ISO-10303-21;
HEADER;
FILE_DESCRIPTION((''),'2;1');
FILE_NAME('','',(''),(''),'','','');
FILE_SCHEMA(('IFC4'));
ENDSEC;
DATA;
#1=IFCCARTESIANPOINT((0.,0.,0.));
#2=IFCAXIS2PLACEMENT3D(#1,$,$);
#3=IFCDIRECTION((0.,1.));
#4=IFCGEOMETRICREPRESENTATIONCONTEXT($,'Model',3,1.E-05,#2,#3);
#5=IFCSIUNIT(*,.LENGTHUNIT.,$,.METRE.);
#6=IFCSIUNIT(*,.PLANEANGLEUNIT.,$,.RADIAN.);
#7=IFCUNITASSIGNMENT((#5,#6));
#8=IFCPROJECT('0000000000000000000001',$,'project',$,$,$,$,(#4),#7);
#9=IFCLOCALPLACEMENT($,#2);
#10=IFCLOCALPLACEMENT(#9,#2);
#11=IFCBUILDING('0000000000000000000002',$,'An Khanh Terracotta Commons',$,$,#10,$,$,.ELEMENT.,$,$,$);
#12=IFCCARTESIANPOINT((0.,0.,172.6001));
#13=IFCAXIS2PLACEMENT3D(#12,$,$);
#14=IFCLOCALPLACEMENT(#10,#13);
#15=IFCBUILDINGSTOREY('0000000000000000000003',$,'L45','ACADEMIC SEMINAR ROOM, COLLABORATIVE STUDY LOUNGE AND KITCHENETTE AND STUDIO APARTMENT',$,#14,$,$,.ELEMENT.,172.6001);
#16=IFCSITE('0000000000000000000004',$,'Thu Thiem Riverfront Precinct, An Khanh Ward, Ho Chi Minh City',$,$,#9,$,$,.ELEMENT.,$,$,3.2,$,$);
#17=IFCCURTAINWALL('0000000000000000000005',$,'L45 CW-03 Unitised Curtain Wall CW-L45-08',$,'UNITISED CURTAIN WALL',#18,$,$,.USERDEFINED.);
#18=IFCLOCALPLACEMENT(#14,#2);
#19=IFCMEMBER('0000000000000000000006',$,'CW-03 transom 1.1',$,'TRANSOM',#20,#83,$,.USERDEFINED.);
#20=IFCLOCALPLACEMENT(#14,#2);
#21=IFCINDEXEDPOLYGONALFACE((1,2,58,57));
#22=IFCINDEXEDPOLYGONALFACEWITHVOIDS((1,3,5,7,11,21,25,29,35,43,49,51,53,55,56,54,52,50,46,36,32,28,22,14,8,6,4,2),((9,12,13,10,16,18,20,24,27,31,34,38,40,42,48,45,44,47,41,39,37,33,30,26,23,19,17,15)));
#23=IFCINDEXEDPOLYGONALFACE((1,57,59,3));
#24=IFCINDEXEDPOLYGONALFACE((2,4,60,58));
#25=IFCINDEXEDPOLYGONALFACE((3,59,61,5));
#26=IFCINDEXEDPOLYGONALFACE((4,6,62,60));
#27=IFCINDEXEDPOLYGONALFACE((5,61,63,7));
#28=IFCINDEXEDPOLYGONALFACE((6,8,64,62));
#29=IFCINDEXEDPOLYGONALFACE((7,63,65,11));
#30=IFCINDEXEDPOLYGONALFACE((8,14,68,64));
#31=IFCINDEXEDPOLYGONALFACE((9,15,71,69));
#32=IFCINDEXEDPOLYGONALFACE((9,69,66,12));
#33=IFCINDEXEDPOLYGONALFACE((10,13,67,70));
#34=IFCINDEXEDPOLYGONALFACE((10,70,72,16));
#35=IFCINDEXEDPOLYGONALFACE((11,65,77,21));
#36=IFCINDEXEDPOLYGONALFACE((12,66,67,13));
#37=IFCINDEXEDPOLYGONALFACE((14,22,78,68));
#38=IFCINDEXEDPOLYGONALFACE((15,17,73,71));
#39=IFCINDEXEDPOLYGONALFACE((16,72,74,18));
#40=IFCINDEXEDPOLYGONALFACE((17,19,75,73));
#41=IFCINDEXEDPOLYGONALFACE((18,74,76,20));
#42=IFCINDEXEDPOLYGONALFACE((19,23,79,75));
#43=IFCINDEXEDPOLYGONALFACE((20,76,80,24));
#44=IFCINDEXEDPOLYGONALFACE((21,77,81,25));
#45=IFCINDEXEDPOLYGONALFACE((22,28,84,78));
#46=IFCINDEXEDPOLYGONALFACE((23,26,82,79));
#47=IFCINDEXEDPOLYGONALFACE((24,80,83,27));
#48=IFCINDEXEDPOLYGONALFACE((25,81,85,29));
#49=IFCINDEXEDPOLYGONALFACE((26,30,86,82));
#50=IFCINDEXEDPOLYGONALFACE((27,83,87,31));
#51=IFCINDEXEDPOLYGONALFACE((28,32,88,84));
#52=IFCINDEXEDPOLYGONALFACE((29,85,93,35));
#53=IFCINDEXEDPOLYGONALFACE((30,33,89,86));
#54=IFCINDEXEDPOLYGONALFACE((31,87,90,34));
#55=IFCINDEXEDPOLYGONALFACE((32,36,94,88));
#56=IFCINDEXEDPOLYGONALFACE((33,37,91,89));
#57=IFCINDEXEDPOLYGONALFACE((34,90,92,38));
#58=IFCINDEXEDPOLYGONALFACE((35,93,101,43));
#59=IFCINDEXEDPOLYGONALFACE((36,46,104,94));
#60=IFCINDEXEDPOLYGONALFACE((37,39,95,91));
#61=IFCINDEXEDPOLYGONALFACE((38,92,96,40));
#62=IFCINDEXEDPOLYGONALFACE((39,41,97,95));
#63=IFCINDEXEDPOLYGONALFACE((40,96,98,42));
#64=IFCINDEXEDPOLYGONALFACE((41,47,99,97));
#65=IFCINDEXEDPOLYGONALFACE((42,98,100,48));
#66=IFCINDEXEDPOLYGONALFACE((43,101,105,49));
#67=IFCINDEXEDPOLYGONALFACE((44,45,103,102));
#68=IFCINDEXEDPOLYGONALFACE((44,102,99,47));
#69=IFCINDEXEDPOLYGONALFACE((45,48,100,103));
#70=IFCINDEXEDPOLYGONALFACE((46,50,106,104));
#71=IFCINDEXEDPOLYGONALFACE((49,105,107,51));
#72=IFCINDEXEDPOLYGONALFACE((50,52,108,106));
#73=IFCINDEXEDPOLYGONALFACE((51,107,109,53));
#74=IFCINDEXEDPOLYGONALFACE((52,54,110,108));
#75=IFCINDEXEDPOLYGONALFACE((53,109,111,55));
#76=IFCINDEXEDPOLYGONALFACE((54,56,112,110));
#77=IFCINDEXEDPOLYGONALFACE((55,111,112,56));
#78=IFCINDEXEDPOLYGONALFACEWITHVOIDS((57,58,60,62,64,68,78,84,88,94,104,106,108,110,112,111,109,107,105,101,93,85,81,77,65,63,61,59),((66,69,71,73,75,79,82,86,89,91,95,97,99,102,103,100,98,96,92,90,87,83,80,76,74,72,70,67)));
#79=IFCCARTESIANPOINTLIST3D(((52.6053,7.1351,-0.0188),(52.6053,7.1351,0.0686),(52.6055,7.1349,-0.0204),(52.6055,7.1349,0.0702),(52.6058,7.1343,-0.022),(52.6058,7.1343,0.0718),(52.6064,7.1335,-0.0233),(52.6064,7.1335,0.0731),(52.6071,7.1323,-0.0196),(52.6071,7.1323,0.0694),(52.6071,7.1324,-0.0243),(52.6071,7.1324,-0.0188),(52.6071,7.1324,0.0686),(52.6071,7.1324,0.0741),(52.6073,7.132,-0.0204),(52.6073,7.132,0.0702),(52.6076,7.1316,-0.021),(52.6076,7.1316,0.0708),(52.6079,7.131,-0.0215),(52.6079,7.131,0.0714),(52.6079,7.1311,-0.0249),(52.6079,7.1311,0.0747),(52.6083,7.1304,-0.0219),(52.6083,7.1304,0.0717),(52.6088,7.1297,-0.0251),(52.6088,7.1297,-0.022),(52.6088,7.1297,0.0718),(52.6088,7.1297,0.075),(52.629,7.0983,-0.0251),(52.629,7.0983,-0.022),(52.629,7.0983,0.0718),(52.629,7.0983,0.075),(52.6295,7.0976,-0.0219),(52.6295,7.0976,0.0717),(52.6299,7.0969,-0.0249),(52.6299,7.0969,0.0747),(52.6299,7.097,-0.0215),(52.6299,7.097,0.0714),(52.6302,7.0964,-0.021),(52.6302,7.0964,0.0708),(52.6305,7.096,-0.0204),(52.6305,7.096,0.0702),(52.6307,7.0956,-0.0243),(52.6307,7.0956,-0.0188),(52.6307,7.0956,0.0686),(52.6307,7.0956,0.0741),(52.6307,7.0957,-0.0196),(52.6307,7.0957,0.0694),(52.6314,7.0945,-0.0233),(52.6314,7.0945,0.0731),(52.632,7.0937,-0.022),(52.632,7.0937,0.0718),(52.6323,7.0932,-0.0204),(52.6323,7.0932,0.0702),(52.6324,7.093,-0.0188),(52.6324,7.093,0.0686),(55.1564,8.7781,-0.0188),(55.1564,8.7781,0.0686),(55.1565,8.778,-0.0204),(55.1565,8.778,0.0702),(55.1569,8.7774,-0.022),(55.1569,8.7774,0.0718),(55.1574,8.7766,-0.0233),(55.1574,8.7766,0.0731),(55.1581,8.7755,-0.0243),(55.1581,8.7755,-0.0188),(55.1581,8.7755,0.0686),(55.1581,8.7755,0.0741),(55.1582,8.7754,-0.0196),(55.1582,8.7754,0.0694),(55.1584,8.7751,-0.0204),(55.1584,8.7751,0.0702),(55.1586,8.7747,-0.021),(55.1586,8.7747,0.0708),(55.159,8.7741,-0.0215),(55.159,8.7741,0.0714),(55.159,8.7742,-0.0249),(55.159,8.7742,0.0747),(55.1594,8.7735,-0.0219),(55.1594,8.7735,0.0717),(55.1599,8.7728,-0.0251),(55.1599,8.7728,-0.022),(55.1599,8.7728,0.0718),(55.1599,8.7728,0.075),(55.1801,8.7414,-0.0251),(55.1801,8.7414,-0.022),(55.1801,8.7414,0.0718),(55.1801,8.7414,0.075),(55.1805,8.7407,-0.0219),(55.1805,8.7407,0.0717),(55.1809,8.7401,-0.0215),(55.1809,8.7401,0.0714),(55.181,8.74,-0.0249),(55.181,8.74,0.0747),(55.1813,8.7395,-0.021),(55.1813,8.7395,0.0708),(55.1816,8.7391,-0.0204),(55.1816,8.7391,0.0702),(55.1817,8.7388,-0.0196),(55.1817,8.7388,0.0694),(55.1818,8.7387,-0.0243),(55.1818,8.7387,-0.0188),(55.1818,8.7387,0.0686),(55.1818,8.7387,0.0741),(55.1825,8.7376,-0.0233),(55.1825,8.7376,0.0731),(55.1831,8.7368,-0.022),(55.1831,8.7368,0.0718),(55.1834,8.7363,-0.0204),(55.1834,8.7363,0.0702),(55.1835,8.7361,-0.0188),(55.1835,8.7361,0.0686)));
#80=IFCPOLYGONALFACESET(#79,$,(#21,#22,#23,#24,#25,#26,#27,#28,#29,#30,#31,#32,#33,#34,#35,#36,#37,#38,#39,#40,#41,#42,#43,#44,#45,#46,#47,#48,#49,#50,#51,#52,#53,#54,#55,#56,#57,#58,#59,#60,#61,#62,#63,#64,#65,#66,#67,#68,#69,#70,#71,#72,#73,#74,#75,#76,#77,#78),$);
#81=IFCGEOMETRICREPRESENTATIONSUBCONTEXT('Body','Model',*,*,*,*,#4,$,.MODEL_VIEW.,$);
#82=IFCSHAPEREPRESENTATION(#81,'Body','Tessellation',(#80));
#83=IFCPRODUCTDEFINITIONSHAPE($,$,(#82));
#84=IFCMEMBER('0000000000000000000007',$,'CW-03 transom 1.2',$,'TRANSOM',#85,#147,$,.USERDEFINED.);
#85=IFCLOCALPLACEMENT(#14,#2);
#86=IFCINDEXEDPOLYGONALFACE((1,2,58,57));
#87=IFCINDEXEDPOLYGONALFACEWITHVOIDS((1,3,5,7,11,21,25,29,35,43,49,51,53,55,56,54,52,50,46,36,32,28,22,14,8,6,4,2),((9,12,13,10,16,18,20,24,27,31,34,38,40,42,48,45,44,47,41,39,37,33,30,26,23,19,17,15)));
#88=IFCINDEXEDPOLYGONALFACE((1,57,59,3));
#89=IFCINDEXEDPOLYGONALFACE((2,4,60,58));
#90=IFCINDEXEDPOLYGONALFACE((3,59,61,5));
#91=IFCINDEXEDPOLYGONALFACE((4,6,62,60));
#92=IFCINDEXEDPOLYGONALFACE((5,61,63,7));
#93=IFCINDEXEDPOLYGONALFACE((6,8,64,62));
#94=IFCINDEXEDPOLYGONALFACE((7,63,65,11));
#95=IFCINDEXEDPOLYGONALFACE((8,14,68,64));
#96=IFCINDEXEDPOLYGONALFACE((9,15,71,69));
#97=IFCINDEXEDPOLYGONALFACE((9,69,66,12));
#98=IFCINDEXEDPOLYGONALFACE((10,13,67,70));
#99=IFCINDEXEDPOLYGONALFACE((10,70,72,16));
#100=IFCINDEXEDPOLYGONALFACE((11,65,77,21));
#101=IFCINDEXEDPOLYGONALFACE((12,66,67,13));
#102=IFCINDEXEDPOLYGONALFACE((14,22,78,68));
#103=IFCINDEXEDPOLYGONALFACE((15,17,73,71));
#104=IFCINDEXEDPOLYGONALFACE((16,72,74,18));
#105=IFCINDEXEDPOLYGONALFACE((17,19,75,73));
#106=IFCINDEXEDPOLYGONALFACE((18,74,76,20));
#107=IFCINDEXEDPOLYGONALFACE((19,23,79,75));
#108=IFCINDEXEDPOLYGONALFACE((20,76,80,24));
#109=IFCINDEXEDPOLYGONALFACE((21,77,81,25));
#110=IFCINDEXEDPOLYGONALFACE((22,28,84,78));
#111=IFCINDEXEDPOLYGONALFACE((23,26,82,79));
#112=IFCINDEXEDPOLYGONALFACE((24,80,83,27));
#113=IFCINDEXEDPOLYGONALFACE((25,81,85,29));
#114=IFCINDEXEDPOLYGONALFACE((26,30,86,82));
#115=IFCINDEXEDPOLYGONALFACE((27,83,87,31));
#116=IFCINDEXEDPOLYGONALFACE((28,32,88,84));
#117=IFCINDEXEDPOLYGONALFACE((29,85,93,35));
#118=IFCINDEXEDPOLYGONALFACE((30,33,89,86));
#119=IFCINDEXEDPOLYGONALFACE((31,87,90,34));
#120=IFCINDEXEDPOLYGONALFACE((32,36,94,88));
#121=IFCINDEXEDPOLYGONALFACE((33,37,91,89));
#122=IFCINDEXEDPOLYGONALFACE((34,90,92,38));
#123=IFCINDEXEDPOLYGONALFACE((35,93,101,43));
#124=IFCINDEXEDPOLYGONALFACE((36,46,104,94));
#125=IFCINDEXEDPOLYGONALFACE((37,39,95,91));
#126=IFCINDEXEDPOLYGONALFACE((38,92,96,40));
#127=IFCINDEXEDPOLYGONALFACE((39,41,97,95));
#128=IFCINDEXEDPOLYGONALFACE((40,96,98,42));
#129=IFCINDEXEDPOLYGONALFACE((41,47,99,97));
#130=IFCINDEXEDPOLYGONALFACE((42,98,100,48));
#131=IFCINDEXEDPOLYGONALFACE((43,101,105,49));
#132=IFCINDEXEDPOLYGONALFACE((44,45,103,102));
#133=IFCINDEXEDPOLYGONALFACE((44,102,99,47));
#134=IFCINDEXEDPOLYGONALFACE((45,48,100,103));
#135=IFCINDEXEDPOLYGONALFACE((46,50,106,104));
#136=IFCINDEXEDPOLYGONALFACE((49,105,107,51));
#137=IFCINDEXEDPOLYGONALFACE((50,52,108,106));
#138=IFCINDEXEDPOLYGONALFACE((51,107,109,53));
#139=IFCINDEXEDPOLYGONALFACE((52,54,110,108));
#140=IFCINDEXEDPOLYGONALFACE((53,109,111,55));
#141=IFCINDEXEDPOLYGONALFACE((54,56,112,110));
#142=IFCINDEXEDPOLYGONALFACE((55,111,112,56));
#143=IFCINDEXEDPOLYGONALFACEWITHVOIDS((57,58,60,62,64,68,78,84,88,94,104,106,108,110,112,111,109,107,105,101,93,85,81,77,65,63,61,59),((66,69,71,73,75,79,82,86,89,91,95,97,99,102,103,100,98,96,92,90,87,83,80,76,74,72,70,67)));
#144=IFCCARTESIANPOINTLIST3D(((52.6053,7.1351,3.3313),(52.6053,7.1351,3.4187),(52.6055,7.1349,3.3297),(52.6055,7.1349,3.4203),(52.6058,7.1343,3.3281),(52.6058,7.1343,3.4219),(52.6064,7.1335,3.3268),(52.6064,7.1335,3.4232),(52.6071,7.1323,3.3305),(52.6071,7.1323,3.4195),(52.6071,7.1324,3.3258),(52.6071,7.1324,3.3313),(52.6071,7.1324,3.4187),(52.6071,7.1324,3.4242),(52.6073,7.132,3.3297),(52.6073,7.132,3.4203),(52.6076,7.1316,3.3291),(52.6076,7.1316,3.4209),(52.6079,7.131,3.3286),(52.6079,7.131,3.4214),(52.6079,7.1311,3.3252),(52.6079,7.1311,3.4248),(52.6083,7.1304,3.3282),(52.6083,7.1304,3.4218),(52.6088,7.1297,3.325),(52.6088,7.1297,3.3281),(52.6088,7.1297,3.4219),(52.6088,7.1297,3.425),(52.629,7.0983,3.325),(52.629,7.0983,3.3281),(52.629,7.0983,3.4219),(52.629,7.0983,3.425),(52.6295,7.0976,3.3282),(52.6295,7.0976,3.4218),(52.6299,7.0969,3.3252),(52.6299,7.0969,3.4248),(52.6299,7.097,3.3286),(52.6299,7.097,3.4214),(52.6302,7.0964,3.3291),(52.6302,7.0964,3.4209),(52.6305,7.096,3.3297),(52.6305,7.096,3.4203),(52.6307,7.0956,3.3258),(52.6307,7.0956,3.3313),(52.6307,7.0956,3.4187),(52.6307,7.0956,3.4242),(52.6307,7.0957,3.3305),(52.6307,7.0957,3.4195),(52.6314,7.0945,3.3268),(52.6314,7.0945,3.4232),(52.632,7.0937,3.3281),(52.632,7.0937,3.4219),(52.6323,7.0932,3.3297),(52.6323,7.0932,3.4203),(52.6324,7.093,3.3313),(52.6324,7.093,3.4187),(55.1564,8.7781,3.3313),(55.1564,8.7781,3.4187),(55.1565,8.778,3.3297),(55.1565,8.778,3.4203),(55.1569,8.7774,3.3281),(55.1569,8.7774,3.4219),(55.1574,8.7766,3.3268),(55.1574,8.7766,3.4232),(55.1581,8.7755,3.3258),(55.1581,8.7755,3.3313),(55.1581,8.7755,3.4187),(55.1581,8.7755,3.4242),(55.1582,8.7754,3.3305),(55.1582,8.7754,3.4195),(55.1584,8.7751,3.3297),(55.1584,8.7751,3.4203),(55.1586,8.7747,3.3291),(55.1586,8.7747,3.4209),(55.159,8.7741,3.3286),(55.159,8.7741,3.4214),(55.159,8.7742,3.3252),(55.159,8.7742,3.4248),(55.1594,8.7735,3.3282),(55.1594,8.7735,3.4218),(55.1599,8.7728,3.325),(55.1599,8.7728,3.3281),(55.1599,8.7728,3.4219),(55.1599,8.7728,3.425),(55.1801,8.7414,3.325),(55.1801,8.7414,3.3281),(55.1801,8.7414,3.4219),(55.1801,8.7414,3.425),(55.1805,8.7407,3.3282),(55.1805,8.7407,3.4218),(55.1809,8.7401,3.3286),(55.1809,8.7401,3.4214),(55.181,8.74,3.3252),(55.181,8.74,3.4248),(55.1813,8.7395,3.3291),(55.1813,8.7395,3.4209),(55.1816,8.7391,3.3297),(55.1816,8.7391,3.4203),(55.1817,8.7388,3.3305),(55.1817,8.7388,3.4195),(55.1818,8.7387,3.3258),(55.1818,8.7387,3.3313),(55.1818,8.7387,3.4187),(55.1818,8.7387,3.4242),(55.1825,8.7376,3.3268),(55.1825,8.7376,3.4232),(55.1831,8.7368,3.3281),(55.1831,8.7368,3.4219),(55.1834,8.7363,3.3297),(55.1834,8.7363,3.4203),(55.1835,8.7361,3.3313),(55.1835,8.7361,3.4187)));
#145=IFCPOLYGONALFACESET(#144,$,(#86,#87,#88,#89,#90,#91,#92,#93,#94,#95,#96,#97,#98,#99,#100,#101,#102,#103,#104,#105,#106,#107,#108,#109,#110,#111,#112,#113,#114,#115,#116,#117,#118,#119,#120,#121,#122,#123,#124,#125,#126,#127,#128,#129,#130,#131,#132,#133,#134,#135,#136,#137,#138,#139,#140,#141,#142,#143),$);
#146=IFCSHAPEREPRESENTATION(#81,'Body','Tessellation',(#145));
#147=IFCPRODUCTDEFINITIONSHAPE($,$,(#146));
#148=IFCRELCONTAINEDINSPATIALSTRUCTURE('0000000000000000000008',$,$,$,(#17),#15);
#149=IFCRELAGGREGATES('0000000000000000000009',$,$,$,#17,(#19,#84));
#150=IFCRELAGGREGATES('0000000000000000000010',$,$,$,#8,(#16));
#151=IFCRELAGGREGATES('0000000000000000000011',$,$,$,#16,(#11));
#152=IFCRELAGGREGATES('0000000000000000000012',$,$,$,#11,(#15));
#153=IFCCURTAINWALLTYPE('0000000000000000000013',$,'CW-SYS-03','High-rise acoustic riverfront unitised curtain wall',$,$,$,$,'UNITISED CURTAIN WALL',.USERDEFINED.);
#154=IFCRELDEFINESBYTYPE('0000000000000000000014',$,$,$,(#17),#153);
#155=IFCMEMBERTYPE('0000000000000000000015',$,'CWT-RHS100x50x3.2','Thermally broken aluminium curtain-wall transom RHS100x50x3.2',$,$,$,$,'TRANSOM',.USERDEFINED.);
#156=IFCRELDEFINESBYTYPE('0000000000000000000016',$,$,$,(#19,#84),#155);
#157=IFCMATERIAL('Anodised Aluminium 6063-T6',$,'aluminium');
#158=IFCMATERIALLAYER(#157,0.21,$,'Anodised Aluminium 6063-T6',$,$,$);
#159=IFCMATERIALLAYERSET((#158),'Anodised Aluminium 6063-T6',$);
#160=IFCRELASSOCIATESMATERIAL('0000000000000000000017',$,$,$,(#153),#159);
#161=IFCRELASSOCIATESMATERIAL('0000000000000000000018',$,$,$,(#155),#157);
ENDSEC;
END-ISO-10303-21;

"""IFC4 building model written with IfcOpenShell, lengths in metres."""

from ifc_helpers import new_model, si_unit, direction, frame, origin, origin_2d, place, context, subcontext, project, spatial, hollow_rectangle, extrude, material, layer, layer_set, material_profile, profile_set, type_object, element, aggregate, save


model = new_model("IFC4")

# Units and contexts
model_context = context("Model", 3, precision=1e-05, world=origin(), true_north=direction((0.0, 1.0)))
body_context = subcontext(model_context, "Body", "Model", "MODEL_VIEW")
ifc_project = project(units=[si_unit("LENGTHUNIT", "METRE"), si_unit("PLANEANGLEUNIT", "RADIAN")], contexts=[model_context])

# Site, building, storey
site_placement = place(None, origin())
site = spatial("IfcSite", under=ifc_project, at=site_placement, Name="Thu Thiem Riverfront Precinct, An Khanh Ward, Ho Chi Minh City", CompositionType="ELEMENT", RefElevation=3.2)
building_placement = place(site_placement, origin())
building = spatial("IfcBuilding", under=site, at=building_placement, Name="An Khanh Terracotta Commons", CompositionType="ELEMENT")
storey_placement = place(building_placement, frame((0.0, 0.0, 172.6001)))
storey = spatial("IfcBuildingStorey", under=building, at=storey_placement, Name="L45", Description="ACADEMIC SEMINAR ROOM, COLLABORATIVE STUDY LOUNGE AND KITCHENETTE AND STUDIO APARTMENT", CompositionType="ELEMENT", Elevation=172.6001)

# Curtain wall, members
ifc_material_1 = material(Name="Anodised Aluminium 6063-T6", Category="aluminium")
ifc_layer_1 = layer(ifc_material_1, 0.21, Name="Anodised Aluminium 6063-T6")
ifc_layer_set_1 = layer_set([ifc_layer_1], Name="Anodised Aluminium 6063-T6")
curtain_wall_type = type_object("IfcCurtainWallType", Name="CW-SYS-03", Description="High-rise acoustic riverfront unitised curtain wall", ElementType="UNITISED CURTAIN WALL", PredefinedType="USERDEFINED", material=ifc_layer_set_1)
curtain_wall_placement = place(storey_placement, origin())
curtain_wall = element("IfcCurtainWall", 1, at=curtain_wall_placement, inside=storey, type_object=curtain_wall_type, Name="L45 CW-03 Unitised Curtain Wall CW-L45-08", ObjectType="UNITISED CURTAIN WALL", PredefinedType="USERDEFINED")
ifc_material_profile_1 = material_profile(ifc_material_1, hollow_rectangle(XDim=0.05, YDim=0.1001, WallThickness=0.0032, InnerFilletRadius=0.0032, OuterFilletRadius=0.0063, at=origin_2d()), Name="RHS100x50x3.2")
ifc_profile_set_1 = profile_set([ifc_material_profile_1], Name="Anodised Aluminium 6063-T6")
member_type_1 = type_object("IfcMemberType", Name="CWT-RHS100x50x3.2", Description="Thermally broken aluminium curtain-wall transom RHS100x50x3.2", ElementType="TRANSOM", PredefinedType="USERDEFINED", material=ifc_profile_set_1)
member_1_placement = place(storey_placement, frame((52.6189, 7.114, 0.0249), z_axis=(0.84071, 0.541485, 0.0), x_axis=(-0.541485, 0.84071, 0.0)))
member_1 = element("IfcMember", 2, at=member_1_placement, type_object=member_type_1, Name="CW-03 transom 1.1", ObjectType="TRANSOM", PredefinedType="USERDEFINED", context=body_context, shape_type="SweptSolid", body=[
    extrude(hollow_rectangle(XDim=0.05, YDim=0.1001, WallThickness=0.0032, InnerFilletRadius=0.0032, OuterFilletRadius=0.0063, at=origin_2d()), origin(), (0.0, 0.0, 1.0), 3.0344),
])
member_2_placement = place(storey_placement, frame((52.6189, 7.114, 3.375), z_axis=(0.84071, 0.541485, 0.0), x_axis=(-0.541485, 0.84071, 0.0)))
member_2 = element("IfcMember", 3, at=member_2_placement, type_object=member_type_1, Name="CW-03 transom 1.2", ObjectType="TRANSOM", PredefinedType="USERDEFINED", context=body_context, shape_type="SweptSolid", body=[
    extrude(hollow_rectangle(XDim=0.05, YDim=0.1001, WallThickness=0.0032, InnerFilletRadius=0.0032, OuterFilletRadius=0.0063, at=origin_2d()), origin(), (0.0, 0.0, 1.0), 3.0344),
])
aggregate(curtain_wall, [member_1, member_2])

save(model, "model.ifc")
